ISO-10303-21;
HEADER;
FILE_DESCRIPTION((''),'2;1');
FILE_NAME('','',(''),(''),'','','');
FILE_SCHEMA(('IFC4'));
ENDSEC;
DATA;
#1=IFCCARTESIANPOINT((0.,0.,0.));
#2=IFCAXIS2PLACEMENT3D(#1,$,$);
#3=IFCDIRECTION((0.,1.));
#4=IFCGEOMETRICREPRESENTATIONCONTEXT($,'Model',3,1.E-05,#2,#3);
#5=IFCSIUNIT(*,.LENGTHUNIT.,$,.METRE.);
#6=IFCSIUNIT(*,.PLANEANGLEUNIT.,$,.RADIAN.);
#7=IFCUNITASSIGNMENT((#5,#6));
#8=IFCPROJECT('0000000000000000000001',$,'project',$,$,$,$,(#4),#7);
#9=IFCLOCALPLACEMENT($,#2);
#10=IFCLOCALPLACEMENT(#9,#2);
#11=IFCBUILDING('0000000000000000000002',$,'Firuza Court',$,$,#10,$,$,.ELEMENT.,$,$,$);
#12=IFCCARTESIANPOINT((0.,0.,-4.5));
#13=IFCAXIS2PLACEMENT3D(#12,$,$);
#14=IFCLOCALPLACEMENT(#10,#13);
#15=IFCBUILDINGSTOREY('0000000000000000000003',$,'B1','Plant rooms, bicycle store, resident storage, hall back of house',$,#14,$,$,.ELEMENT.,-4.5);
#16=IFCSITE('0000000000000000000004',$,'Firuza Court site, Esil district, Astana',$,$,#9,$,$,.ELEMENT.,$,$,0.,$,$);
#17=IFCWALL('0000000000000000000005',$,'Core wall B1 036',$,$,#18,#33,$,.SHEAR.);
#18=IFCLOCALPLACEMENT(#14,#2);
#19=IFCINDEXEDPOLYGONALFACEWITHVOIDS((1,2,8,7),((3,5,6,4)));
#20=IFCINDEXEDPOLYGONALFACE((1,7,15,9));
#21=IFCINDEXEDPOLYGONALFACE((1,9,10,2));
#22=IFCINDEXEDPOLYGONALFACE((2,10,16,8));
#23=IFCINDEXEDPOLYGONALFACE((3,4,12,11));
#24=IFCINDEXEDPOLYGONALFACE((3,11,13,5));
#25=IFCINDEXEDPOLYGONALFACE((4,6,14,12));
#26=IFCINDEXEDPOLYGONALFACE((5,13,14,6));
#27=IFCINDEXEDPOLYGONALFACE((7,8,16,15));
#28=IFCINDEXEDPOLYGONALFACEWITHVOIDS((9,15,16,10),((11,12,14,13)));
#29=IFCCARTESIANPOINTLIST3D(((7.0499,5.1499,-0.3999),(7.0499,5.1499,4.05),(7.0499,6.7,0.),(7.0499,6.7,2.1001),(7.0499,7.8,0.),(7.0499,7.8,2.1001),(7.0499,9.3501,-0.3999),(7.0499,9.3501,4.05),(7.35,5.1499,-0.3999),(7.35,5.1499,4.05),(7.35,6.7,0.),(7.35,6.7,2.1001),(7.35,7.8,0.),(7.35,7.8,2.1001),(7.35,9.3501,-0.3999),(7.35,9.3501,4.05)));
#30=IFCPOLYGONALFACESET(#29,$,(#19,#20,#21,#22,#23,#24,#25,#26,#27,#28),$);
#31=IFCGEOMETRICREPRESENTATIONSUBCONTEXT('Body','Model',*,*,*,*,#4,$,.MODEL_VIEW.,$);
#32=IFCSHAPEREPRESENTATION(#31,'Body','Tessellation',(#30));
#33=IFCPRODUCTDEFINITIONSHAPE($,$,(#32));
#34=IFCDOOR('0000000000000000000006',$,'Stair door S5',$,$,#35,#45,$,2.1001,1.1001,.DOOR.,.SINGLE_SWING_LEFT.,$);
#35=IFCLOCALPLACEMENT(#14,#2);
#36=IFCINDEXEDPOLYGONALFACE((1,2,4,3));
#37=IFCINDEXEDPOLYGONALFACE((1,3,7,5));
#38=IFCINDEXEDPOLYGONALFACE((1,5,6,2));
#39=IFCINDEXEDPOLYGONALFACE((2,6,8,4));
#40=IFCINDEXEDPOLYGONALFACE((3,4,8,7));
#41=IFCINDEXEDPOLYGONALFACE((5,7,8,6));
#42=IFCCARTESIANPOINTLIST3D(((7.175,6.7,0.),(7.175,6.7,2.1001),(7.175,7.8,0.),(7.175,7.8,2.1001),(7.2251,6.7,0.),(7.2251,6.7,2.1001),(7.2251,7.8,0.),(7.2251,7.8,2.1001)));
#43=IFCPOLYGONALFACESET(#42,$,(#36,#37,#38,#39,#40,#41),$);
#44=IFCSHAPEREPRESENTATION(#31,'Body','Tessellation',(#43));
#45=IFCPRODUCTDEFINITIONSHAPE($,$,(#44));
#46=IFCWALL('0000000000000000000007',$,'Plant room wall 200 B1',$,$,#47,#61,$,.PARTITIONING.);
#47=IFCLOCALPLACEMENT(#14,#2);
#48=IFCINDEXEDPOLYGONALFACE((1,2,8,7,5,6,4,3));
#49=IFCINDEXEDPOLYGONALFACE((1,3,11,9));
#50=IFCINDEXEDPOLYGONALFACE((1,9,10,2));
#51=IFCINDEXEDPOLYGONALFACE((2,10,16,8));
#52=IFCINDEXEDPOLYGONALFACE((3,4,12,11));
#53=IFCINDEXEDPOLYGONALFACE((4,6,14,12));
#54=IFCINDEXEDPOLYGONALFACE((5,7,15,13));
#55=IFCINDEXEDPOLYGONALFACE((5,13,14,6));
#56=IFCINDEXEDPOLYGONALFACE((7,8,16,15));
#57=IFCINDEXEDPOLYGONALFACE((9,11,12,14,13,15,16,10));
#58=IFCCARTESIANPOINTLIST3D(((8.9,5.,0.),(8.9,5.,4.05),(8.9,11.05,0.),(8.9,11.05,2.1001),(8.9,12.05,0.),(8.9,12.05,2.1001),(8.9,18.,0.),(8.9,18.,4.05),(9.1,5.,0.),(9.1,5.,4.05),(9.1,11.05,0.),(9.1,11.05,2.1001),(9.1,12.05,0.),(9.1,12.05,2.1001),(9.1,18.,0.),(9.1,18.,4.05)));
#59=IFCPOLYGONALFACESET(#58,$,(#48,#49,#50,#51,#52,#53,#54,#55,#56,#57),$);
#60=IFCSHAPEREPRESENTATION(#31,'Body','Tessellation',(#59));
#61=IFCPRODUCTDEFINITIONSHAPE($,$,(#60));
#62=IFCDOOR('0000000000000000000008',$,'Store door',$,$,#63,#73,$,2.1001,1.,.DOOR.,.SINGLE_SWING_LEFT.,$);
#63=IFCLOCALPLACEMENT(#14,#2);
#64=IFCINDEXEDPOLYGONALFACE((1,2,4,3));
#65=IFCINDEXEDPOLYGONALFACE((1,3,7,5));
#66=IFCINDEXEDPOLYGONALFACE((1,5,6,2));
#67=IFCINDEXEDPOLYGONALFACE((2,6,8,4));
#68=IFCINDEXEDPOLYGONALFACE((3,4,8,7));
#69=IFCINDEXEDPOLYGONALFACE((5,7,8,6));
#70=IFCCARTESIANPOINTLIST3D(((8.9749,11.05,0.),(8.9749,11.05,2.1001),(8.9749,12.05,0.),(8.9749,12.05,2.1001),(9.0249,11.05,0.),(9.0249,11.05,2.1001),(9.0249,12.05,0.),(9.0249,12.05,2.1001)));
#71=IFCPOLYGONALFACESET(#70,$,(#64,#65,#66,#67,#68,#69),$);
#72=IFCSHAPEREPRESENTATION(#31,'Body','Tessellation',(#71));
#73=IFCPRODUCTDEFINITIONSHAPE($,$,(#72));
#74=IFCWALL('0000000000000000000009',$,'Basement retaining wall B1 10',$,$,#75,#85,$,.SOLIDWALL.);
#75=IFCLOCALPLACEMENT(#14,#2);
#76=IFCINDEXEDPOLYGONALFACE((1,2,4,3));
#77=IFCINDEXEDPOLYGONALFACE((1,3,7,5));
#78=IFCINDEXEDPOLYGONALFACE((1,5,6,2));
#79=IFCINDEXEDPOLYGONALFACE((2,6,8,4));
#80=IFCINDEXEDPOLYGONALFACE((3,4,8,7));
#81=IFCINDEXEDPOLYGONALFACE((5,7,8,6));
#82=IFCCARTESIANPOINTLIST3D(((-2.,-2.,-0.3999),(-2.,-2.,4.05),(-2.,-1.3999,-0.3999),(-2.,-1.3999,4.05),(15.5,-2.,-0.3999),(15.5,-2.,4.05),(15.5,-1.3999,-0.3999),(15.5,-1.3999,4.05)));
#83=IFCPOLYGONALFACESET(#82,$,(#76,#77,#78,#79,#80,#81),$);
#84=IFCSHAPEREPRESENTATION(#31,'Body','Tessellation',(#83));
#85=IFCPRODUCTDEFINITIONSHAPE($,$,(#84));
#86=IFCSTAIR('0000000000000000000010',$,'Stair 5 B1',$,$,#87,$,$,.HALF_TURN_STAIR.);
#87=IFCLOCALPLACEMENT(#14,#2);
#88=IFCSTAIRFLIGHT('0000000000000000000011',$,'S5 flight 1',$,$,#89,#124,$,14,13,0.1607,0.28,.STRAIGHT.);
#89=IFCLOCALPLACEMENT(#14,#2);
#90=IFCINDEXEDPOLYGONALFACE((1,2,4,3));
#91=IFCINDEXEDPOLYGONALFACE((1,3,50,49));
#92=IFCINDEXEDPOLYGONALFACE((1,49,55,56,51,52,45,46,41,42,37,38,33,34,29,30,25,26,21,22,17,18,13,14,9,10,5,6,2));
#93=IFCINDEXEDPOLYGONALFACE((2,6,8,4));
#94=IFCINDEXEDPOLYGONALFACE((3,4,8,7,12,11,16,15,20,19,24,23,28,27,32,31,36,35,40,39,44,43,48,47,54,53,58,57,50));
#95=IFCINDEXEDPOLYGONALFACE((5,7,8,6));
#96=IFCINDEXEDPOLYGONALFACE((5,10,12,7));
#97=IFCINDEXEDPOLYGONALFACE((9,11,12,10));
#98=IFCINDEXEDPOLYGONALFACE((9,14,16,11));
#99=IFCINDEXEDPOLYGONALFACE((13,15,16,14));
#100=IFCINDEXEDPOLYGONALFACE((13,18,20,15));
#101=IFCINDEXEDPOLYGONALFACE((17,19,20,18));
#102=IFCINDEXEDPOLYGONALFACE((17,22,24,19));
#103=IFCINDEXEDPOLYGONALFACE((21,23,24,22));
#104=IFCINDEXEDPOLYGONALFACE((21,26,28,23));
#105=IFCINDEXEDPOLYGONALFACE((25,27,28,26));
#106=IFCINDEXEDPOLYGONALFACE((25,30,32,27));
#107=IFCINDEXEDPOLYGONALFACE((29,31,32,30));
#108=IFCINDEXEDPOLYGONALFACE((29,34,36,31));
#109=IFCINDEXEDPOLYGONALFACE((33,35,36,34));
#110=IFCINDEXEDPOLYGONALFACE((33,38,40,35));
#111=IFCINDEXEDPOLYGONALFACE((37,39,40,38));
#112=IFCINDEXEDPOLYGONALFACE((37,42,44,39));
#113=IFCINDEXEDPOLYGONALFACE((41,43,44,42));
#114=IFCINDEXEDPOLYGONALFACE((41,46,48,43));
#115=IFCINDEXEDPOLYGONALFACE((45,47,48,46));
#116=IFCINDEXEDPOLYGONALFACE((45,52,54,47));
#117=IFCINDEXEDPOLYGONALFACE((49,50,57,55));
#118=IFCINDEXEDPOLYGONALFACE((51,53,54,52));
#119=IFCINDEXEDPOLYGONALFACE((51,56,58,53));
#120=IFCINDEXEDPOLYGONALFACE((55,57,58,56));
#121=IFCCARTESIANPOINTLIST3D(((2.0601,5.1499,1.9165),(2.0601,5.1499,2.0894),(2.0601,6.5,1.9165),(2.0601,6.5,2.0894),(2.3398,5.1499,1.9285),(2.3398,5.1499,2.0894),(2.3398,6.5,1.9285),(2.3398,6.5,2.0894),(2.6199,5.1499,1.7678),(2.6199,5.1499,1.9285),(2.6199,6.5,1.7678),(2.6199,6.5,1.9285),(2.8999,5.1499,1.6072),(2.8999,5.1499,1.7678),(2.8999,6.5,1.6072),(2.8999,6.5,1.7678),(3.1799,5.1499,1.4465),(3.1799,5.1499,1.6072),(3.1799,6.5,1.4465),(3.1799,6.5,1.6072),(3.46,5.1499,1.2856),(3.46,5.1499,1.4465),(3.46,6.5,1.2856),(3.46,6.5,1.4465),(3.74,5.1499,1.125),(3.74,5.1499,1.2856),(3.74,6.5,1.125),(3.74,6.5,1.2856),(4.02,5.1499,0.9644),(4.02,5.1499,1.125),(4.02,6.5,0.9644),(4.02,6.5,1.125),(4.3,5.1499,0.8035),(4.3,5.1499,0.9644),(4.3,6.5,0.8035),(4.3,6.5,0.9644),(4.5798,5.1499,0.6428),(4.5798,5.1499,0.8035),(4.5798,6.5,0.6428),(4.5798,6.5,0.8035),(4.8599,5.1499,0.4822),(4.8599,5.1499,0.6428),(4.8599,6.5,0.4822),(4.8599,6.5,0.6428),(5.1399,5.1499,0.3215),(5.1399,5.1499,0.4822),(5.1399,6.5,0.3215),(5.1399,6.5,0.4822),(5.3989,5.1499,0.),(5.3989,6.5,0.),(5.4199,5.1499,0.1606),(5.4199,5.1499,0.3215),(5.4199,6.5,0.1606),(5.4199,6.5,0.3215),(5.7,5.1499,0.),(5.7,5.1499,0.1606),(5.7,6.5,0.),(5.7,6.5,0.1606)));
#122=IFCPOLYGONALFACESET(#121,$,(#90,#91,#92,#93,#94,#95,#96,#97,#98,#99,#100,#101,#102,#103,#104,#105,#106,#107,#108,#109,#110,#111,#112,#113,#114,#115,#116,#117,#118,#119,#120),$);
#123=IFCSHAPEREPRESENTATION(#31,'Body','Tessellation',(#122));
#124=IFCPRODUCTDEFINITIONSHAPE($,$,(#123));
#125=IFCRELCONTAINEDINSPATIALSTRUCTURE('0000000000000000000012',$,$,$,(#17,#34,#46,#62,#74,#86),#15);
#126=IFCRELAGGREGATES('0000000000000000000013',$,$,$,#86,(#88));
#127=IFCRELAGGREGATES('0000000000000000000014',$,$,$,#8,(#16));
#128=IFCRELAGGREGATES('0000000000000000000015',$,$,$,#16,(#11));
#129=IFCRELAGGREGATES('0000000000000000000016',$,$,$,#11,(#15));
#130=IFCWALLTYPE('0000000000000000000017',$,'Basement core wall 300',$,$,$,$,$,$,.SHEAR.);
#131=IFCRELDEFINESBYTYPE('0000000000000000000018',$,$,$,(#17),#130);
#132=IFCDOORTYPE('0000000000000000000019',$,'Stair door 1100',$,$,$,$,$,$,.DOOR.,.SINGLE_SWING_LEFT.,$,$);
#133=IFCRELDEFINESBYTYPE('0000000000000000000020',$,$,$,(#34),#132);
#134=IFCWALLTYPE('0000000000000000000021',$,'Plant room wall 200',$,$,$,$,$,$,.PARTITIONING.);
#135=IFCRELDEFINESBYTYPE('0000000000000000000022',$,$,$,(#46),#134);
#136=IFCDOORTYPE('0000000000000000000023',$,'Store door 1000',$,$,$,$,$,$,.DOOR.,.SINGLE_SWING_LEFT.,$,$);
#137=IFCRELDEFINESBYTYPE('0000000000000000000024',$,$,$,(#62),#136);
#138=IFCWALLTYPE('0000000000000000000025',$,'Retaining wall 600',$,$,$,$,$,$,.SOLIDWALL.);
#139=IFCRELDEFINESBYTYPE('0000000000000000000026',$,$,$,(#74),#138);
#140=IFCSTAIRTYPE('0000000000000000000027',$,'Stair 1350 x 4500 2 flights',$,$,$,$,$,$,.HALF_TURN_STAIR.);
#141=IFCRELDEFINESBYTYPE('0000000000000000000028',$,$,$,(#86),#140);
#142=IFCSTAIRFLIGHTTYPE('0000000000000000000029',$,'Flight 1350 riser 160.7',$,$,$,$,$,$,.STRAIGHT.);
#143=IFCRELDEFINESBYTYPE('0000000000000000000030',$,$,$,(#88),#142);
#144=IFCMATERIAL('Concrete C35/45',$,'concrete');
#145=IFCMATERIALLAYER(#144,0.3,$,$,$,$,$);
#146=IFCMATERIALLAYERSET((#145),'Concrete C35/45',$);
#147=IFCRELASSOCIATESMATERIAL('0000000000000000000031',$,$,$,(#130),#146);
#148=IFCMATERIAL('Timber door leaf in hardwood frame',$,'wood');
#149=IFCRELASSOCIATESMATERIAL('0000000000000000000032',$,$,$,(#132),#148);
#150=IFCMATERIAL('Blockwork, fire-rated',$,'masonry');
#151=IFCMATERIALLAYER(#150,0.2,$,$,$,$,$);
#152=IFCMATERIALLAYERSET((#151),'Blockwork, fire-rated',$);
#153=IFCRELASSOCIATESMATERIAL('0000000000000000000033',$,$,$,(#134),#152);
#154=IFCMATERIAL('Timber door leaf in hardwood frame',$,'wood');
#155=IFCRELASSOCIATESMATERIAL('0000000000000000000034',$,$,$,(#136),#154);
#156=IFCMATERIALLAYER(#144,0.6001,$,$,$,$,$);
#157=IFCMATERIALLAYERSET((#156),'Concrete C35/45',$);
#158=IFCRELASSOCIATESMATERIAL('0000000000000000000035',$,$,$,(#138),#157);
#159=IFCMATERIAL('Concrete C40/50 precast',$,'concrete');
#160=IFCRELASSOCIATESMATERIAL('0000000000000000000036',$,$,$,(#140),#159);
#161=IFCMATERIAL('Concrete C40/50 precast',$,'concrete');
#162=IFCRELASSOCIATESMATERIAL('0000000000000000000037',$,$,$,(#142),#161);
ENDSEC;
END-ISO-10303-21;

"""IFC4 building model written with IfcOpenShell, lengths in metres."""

from ifc_helpers import new_model, si_unit, direction, frame, frame_2d, origin, place, context, subcontext, project, spatial, polyline, rectangle, outline, extrude, material, layer, layer_set, type_object, element, fill, aggregate, save


model = new_model("IFC4")

# Units and contexts
model_context = context("Model", 3, precision=1e-05, world=origin(), true_north=direction((0.0, 1.0)))
body_context = subcontext(model_context, "Body", "Model", "MODEL_VIEW")
ifc_project = project(units=[si_unit("LENGTHUNIT", "METRE"), si_unit("PLANEANGLEUNIT", "RADIAN")], contexts=[model_context])

# Site, building, storey
site_placement = place(None, origin())
site = spatial("IfcSite", under=ifc_project, at=site_placement, Name="Firuza Court site, Esil district, Astana", CompositionType="ELEMENT", RefElevation=0.0)
building_placement = place(site_placement, origin())
building = spatial("IfcBuilding", under=site, at=building_placement, Name="Firuza Court", CompositionType="ELEMENT")
storey_placement = place(building_placement, frame((0.0, 0.0, -4.5)))
storey = spatial("IfcBuildingStorey", under=building, at=storey_placement, Name="B1", Description="Plant rooms, bicycle store, resident storage, hall back of house", CompositionType="ELEMENT", Elevation=-4.5)

# Shared definitions
ifc_material_1 = material(Name="Concrete C35/45", Category="concrete")
ifc_layer_1 = layer(ifc_material_1, 0.3)
ifc_layer_set_1 = layer_set([ifc_layer_1], Name="Concrete C35/45")
wall_type_1 = type_object("IfcWallType", Name="Basement core wall 300", PredefinedType="SHEAR", material=ifc_layer_set_1)

# Walls, openings, doors
wall_1_placement = place(storey_placement, frame((7.2, 5.1499, -0.3999), z_axis=(0.0, 0.0, 1.0), x_axis=(0.0, 1.0, 0.0)))
wall_1 = element("IfcWall", 1, at=wall_1_placement, inside=storey, type_object=wall_type_1, Name="Core wall B1 036", PredefinedType="SHEAR", context=body_context, shape_type="SweptSolid", body=[
    extrude(rectangle(XDim=4.2002, YDim=0.3, at=frame_2d((2.1001, 0.0))), origin(), (0.0, 0.0, 1.0), 4.45),
])
opening_1_placement = place(wall_1_placement, frame((1.55, 0.0, 0.3999)))
opening_1 = element("IfcOpeningElement", 2, at=opening_1_placement, cuts=wall_1, PredefinedType="OPENING", context=body_context, shape_type="SweptSolid", body=[
    extrude(rectangle(XDim=1.1001, YDim=2.1001, at=frame_2d((0.55, 1.05))), frame((0.0, 0.1621, 0.0), z_axis=(0.0, -1.0, 0.0), x_axis=(1.0, 0.0, 0.0)), (0.0, 0.0, 1.0), 0.324),
])
ifc_material_2 = material(Name="Timber door leaf in hardwood frame", Category="wood")
door_type_1 = type_object("IfcDoorType", Name="Stair door 1100", OperationType="SINGLE_SWING_LEFT", PredefinedType="DOOR", material=ifc_material_2)
door_1_placement = place(opening_1_placement, origin())
door_1 = element("IfcDoor", 3, at=door_1_placement, inside=storey, type_object=door_type_1, Name="Stair door S5", OperationType="SINGLE_SWING_LEFT", OverallHeight=2.1001, OverallWidth=1.1001, PredefinedType="DOOR", context=body_context, shape_type="SweptSolid", body=[
    extrude(rectangle(XDim=1.1001, YDim=2.1001, at=frame_2d((0.55, 1.05))), frame((0.0, 0.0249, 0.0), z_axis=(0.0, -1.0, 0.0), x_axis=(1.0, 0.0, 0.0)), (0.0, 0.0, 1.0), 0.05),
])
fill(opening_1, door_1)
ifc_material_3 = material(Name="Blockwork, fire-rated", Category="masonry")
ifc_layer_2 = layer(ifc_material_3, 0.2)
ifc_layer_set_2 = layer_set([ifc_layer_2], Name="Blockwork, fire-rated")
wall_type_2 = type_object("IfcWallType", Name="Plant room wall 200", PredefinedType="PARTITIONING", material=ifc_layer_set_2)
wall_2_placement = place(storey_placement, frame((9.0, 5.0, 0.0), z_axis=(0.0, 0.0, 1.0), x_axis=(0.0, 1.0, 0.0)))
wall_2 = element("IfcWall", 4, at=wall_2_placement, inside=storey, type_object=wall_type_2, Name="Plant room wall 200 B1", PredefinedType="PARTITIONING", context=body_context, shape_type="SweptSolid", body=[
    extrude(rectangle(XDim=13.0, YDim=0.2, at=frame_2d((6.5, 0.0))), origin(), (0.0, 0.0, 1.0), 4.05),
])
opening_2_placement = place(wall_2_placement, frame((6.05, 0.0, 0.0)))
opening_2 = element("IfcOpeningElement", 5, at=opening_2_placement, cuts=wall_2, PredefinedType="OPENING", context=body_context, shape_type="SweptSolid", body=[
    extrude(rectangle(XDim=1.0, YDim=2.1001, at=frame_2d((0.5, 1.05))), frame((0.0, 0.1118, 0.0), z_axis=(0.0, -1.0, 0.0), x_axis=(1.0, 0.0, 0.0)), (0.0, 0.0, 1.0), 0.2239),
])
ifc_material_4 = material(Name="Timber door leaf in hardwood frame", Category="wood")
door_type_2 = type_object("IfcDoorType", Name="Store door 1000", OperationType="SINGLE_SWING_LEFT", PredefinedType="DOOR", material=ifc_material_4)
door_2_placement = place(opening_2_placement, frame((1.0, 0.0, 0.0), z_axis=(0.0, 0.0, 1.0), x_axis=(-1.0, 0.0, 0.0)))
door_2 = element("IfcDoor", 6, at=door_2_placement, inside=storey, type_object=door_type_2, Name="Store door", OperationType="SINGLE_SWING_LEFT", OverallHeight=2.1001, OverallWidth=1.0, PredefinedType="DOOR", context=body_context, shape_type="SweptSolid", body=[
    extrude(rectangle(XDim=1.0, YDim=2.1001, at=frame_2d((0.5, 1.05))), frame((0.0, 0.0249, 0.0), z_axis=(0.0, -1.0, 0.0), x_axis=(1.0, 0.0, 0.0)), (0.0, 0.0, 1.0), 0.05),
])
fill(opening_2, door_2)

# Wall
ifc_layer_3 = layer(ifc_material_1, 0.6001)
ifc_layer_set_3 = layer_set([ifc_layer_3], Name="Concrete C35/45")
wall_type_3 = type_object("IfcWallType", Name="Retaining wall 600", PredefinedType="SOLIDWALL", material=ifc_layer_set_3)
wall_3_placement = place(storey_placement, frame((15.5, -1.7, -0.3999), z_axis=(0.0, 0.0, 1.0), x_axis=(-1.0, 0.0, 0.0)))
element("IfcWall", 7, at=wall_3_placement, inside=storey, type_object=wall_type_3, Name="Basement retaining wall B1 10", PredefinedType="SOLIDWALL", context=body_context, shape_type="SweptSolid", body=[
    extrude(rectangle(XDim=17.5, YDim=0.6001, at=frame_2d((8.75, 0.0))), origin(), (0.0, 0.0, 1.0), 4.45),
])

# Stair, stair flight
ifc_material_5 = material(Name="Concrete C40/50 precast", Category="concrete")
stair_type = type_object("IfcStairType", Name="Stair 1350 x 4500 2 flights", PredefinedType="HALF_TURN_STAIR", material=ifc_material_5)
stair_placement = place(storey_placement, origin())
stair = element("IfcStair", 8, at=stair_placement, inside=storey, type_object=stair_type, Name="Stair 5 B1", PredefinedType="HALF_TURN_STAIR")
ifc_material_6 = material(Name="Concrete C40/50 precast", Category="concrete")
stair_flight_type = type_object("IfcStairFlightType", Name="Flight 1350 riser 160.7", PredefinedType="STRAIGHT", material=ifc_material_6)
stair_flight_placement = place(storey_placement, frame((5.7, 5.825, 0.0), z_axis=(0.0, 0.0, 1.0), x_axis=(-1.0, 0.0, 0.0)))
stair_flight = element("IfcStairFlight", 9, at=stair_flight_placement, type_object=stair_flight_type, Name="S5 flight 1", NumberOfRisers=14, NumberOfTreads=13, PredefinedType="STRAIGHT", RiserHeight=0.1607, TreadLength=0.28, context=body_context, shape_type="SweptSolid", body=[
    extrude(outline(polyline([(0.0, 0.0), (0.0, 0.1606), (0.28, 0.1606), (0.28, 0.3215), (0.5601, 0.3215), (0.5601, 0.4822), (0.8401, 0.4822), (0.8401, 0.6428), (1.1201, 0.6428), (1.1201, 0.8035), (1.3999, 0.8035), (1.3999, 0.9644), (1.6799, 0.9644), (1.6799, 1.125), (1.96, 1.125), (1.96, 1.2856), (2.24, 1.2856), (2.24, 1.4465), (2.52, 1.4465), (2.52, 1.6072), (2.8, 1.6072), (2.8, 1.7678), (3.0801, 1.7678), (3.0801, 1.9285), (3.3601, 1.9285), (3.3601, 2.0894), (3.6399, 2.0894), (3.6399, 2.25), (3.6399, 1.9165), (0.301, 0.0), (0.0, 0.0)])), frame((0.0, 0.675, 0.0), z_axis=(0.0, -1.0, 0.0), x_axis=(1.0, 0.0, 0.0)), (0.0, 0.0, 1.0), 1.3501),
])
aggregate(stair, [stair_flight])

save(model, "model.ifc")
